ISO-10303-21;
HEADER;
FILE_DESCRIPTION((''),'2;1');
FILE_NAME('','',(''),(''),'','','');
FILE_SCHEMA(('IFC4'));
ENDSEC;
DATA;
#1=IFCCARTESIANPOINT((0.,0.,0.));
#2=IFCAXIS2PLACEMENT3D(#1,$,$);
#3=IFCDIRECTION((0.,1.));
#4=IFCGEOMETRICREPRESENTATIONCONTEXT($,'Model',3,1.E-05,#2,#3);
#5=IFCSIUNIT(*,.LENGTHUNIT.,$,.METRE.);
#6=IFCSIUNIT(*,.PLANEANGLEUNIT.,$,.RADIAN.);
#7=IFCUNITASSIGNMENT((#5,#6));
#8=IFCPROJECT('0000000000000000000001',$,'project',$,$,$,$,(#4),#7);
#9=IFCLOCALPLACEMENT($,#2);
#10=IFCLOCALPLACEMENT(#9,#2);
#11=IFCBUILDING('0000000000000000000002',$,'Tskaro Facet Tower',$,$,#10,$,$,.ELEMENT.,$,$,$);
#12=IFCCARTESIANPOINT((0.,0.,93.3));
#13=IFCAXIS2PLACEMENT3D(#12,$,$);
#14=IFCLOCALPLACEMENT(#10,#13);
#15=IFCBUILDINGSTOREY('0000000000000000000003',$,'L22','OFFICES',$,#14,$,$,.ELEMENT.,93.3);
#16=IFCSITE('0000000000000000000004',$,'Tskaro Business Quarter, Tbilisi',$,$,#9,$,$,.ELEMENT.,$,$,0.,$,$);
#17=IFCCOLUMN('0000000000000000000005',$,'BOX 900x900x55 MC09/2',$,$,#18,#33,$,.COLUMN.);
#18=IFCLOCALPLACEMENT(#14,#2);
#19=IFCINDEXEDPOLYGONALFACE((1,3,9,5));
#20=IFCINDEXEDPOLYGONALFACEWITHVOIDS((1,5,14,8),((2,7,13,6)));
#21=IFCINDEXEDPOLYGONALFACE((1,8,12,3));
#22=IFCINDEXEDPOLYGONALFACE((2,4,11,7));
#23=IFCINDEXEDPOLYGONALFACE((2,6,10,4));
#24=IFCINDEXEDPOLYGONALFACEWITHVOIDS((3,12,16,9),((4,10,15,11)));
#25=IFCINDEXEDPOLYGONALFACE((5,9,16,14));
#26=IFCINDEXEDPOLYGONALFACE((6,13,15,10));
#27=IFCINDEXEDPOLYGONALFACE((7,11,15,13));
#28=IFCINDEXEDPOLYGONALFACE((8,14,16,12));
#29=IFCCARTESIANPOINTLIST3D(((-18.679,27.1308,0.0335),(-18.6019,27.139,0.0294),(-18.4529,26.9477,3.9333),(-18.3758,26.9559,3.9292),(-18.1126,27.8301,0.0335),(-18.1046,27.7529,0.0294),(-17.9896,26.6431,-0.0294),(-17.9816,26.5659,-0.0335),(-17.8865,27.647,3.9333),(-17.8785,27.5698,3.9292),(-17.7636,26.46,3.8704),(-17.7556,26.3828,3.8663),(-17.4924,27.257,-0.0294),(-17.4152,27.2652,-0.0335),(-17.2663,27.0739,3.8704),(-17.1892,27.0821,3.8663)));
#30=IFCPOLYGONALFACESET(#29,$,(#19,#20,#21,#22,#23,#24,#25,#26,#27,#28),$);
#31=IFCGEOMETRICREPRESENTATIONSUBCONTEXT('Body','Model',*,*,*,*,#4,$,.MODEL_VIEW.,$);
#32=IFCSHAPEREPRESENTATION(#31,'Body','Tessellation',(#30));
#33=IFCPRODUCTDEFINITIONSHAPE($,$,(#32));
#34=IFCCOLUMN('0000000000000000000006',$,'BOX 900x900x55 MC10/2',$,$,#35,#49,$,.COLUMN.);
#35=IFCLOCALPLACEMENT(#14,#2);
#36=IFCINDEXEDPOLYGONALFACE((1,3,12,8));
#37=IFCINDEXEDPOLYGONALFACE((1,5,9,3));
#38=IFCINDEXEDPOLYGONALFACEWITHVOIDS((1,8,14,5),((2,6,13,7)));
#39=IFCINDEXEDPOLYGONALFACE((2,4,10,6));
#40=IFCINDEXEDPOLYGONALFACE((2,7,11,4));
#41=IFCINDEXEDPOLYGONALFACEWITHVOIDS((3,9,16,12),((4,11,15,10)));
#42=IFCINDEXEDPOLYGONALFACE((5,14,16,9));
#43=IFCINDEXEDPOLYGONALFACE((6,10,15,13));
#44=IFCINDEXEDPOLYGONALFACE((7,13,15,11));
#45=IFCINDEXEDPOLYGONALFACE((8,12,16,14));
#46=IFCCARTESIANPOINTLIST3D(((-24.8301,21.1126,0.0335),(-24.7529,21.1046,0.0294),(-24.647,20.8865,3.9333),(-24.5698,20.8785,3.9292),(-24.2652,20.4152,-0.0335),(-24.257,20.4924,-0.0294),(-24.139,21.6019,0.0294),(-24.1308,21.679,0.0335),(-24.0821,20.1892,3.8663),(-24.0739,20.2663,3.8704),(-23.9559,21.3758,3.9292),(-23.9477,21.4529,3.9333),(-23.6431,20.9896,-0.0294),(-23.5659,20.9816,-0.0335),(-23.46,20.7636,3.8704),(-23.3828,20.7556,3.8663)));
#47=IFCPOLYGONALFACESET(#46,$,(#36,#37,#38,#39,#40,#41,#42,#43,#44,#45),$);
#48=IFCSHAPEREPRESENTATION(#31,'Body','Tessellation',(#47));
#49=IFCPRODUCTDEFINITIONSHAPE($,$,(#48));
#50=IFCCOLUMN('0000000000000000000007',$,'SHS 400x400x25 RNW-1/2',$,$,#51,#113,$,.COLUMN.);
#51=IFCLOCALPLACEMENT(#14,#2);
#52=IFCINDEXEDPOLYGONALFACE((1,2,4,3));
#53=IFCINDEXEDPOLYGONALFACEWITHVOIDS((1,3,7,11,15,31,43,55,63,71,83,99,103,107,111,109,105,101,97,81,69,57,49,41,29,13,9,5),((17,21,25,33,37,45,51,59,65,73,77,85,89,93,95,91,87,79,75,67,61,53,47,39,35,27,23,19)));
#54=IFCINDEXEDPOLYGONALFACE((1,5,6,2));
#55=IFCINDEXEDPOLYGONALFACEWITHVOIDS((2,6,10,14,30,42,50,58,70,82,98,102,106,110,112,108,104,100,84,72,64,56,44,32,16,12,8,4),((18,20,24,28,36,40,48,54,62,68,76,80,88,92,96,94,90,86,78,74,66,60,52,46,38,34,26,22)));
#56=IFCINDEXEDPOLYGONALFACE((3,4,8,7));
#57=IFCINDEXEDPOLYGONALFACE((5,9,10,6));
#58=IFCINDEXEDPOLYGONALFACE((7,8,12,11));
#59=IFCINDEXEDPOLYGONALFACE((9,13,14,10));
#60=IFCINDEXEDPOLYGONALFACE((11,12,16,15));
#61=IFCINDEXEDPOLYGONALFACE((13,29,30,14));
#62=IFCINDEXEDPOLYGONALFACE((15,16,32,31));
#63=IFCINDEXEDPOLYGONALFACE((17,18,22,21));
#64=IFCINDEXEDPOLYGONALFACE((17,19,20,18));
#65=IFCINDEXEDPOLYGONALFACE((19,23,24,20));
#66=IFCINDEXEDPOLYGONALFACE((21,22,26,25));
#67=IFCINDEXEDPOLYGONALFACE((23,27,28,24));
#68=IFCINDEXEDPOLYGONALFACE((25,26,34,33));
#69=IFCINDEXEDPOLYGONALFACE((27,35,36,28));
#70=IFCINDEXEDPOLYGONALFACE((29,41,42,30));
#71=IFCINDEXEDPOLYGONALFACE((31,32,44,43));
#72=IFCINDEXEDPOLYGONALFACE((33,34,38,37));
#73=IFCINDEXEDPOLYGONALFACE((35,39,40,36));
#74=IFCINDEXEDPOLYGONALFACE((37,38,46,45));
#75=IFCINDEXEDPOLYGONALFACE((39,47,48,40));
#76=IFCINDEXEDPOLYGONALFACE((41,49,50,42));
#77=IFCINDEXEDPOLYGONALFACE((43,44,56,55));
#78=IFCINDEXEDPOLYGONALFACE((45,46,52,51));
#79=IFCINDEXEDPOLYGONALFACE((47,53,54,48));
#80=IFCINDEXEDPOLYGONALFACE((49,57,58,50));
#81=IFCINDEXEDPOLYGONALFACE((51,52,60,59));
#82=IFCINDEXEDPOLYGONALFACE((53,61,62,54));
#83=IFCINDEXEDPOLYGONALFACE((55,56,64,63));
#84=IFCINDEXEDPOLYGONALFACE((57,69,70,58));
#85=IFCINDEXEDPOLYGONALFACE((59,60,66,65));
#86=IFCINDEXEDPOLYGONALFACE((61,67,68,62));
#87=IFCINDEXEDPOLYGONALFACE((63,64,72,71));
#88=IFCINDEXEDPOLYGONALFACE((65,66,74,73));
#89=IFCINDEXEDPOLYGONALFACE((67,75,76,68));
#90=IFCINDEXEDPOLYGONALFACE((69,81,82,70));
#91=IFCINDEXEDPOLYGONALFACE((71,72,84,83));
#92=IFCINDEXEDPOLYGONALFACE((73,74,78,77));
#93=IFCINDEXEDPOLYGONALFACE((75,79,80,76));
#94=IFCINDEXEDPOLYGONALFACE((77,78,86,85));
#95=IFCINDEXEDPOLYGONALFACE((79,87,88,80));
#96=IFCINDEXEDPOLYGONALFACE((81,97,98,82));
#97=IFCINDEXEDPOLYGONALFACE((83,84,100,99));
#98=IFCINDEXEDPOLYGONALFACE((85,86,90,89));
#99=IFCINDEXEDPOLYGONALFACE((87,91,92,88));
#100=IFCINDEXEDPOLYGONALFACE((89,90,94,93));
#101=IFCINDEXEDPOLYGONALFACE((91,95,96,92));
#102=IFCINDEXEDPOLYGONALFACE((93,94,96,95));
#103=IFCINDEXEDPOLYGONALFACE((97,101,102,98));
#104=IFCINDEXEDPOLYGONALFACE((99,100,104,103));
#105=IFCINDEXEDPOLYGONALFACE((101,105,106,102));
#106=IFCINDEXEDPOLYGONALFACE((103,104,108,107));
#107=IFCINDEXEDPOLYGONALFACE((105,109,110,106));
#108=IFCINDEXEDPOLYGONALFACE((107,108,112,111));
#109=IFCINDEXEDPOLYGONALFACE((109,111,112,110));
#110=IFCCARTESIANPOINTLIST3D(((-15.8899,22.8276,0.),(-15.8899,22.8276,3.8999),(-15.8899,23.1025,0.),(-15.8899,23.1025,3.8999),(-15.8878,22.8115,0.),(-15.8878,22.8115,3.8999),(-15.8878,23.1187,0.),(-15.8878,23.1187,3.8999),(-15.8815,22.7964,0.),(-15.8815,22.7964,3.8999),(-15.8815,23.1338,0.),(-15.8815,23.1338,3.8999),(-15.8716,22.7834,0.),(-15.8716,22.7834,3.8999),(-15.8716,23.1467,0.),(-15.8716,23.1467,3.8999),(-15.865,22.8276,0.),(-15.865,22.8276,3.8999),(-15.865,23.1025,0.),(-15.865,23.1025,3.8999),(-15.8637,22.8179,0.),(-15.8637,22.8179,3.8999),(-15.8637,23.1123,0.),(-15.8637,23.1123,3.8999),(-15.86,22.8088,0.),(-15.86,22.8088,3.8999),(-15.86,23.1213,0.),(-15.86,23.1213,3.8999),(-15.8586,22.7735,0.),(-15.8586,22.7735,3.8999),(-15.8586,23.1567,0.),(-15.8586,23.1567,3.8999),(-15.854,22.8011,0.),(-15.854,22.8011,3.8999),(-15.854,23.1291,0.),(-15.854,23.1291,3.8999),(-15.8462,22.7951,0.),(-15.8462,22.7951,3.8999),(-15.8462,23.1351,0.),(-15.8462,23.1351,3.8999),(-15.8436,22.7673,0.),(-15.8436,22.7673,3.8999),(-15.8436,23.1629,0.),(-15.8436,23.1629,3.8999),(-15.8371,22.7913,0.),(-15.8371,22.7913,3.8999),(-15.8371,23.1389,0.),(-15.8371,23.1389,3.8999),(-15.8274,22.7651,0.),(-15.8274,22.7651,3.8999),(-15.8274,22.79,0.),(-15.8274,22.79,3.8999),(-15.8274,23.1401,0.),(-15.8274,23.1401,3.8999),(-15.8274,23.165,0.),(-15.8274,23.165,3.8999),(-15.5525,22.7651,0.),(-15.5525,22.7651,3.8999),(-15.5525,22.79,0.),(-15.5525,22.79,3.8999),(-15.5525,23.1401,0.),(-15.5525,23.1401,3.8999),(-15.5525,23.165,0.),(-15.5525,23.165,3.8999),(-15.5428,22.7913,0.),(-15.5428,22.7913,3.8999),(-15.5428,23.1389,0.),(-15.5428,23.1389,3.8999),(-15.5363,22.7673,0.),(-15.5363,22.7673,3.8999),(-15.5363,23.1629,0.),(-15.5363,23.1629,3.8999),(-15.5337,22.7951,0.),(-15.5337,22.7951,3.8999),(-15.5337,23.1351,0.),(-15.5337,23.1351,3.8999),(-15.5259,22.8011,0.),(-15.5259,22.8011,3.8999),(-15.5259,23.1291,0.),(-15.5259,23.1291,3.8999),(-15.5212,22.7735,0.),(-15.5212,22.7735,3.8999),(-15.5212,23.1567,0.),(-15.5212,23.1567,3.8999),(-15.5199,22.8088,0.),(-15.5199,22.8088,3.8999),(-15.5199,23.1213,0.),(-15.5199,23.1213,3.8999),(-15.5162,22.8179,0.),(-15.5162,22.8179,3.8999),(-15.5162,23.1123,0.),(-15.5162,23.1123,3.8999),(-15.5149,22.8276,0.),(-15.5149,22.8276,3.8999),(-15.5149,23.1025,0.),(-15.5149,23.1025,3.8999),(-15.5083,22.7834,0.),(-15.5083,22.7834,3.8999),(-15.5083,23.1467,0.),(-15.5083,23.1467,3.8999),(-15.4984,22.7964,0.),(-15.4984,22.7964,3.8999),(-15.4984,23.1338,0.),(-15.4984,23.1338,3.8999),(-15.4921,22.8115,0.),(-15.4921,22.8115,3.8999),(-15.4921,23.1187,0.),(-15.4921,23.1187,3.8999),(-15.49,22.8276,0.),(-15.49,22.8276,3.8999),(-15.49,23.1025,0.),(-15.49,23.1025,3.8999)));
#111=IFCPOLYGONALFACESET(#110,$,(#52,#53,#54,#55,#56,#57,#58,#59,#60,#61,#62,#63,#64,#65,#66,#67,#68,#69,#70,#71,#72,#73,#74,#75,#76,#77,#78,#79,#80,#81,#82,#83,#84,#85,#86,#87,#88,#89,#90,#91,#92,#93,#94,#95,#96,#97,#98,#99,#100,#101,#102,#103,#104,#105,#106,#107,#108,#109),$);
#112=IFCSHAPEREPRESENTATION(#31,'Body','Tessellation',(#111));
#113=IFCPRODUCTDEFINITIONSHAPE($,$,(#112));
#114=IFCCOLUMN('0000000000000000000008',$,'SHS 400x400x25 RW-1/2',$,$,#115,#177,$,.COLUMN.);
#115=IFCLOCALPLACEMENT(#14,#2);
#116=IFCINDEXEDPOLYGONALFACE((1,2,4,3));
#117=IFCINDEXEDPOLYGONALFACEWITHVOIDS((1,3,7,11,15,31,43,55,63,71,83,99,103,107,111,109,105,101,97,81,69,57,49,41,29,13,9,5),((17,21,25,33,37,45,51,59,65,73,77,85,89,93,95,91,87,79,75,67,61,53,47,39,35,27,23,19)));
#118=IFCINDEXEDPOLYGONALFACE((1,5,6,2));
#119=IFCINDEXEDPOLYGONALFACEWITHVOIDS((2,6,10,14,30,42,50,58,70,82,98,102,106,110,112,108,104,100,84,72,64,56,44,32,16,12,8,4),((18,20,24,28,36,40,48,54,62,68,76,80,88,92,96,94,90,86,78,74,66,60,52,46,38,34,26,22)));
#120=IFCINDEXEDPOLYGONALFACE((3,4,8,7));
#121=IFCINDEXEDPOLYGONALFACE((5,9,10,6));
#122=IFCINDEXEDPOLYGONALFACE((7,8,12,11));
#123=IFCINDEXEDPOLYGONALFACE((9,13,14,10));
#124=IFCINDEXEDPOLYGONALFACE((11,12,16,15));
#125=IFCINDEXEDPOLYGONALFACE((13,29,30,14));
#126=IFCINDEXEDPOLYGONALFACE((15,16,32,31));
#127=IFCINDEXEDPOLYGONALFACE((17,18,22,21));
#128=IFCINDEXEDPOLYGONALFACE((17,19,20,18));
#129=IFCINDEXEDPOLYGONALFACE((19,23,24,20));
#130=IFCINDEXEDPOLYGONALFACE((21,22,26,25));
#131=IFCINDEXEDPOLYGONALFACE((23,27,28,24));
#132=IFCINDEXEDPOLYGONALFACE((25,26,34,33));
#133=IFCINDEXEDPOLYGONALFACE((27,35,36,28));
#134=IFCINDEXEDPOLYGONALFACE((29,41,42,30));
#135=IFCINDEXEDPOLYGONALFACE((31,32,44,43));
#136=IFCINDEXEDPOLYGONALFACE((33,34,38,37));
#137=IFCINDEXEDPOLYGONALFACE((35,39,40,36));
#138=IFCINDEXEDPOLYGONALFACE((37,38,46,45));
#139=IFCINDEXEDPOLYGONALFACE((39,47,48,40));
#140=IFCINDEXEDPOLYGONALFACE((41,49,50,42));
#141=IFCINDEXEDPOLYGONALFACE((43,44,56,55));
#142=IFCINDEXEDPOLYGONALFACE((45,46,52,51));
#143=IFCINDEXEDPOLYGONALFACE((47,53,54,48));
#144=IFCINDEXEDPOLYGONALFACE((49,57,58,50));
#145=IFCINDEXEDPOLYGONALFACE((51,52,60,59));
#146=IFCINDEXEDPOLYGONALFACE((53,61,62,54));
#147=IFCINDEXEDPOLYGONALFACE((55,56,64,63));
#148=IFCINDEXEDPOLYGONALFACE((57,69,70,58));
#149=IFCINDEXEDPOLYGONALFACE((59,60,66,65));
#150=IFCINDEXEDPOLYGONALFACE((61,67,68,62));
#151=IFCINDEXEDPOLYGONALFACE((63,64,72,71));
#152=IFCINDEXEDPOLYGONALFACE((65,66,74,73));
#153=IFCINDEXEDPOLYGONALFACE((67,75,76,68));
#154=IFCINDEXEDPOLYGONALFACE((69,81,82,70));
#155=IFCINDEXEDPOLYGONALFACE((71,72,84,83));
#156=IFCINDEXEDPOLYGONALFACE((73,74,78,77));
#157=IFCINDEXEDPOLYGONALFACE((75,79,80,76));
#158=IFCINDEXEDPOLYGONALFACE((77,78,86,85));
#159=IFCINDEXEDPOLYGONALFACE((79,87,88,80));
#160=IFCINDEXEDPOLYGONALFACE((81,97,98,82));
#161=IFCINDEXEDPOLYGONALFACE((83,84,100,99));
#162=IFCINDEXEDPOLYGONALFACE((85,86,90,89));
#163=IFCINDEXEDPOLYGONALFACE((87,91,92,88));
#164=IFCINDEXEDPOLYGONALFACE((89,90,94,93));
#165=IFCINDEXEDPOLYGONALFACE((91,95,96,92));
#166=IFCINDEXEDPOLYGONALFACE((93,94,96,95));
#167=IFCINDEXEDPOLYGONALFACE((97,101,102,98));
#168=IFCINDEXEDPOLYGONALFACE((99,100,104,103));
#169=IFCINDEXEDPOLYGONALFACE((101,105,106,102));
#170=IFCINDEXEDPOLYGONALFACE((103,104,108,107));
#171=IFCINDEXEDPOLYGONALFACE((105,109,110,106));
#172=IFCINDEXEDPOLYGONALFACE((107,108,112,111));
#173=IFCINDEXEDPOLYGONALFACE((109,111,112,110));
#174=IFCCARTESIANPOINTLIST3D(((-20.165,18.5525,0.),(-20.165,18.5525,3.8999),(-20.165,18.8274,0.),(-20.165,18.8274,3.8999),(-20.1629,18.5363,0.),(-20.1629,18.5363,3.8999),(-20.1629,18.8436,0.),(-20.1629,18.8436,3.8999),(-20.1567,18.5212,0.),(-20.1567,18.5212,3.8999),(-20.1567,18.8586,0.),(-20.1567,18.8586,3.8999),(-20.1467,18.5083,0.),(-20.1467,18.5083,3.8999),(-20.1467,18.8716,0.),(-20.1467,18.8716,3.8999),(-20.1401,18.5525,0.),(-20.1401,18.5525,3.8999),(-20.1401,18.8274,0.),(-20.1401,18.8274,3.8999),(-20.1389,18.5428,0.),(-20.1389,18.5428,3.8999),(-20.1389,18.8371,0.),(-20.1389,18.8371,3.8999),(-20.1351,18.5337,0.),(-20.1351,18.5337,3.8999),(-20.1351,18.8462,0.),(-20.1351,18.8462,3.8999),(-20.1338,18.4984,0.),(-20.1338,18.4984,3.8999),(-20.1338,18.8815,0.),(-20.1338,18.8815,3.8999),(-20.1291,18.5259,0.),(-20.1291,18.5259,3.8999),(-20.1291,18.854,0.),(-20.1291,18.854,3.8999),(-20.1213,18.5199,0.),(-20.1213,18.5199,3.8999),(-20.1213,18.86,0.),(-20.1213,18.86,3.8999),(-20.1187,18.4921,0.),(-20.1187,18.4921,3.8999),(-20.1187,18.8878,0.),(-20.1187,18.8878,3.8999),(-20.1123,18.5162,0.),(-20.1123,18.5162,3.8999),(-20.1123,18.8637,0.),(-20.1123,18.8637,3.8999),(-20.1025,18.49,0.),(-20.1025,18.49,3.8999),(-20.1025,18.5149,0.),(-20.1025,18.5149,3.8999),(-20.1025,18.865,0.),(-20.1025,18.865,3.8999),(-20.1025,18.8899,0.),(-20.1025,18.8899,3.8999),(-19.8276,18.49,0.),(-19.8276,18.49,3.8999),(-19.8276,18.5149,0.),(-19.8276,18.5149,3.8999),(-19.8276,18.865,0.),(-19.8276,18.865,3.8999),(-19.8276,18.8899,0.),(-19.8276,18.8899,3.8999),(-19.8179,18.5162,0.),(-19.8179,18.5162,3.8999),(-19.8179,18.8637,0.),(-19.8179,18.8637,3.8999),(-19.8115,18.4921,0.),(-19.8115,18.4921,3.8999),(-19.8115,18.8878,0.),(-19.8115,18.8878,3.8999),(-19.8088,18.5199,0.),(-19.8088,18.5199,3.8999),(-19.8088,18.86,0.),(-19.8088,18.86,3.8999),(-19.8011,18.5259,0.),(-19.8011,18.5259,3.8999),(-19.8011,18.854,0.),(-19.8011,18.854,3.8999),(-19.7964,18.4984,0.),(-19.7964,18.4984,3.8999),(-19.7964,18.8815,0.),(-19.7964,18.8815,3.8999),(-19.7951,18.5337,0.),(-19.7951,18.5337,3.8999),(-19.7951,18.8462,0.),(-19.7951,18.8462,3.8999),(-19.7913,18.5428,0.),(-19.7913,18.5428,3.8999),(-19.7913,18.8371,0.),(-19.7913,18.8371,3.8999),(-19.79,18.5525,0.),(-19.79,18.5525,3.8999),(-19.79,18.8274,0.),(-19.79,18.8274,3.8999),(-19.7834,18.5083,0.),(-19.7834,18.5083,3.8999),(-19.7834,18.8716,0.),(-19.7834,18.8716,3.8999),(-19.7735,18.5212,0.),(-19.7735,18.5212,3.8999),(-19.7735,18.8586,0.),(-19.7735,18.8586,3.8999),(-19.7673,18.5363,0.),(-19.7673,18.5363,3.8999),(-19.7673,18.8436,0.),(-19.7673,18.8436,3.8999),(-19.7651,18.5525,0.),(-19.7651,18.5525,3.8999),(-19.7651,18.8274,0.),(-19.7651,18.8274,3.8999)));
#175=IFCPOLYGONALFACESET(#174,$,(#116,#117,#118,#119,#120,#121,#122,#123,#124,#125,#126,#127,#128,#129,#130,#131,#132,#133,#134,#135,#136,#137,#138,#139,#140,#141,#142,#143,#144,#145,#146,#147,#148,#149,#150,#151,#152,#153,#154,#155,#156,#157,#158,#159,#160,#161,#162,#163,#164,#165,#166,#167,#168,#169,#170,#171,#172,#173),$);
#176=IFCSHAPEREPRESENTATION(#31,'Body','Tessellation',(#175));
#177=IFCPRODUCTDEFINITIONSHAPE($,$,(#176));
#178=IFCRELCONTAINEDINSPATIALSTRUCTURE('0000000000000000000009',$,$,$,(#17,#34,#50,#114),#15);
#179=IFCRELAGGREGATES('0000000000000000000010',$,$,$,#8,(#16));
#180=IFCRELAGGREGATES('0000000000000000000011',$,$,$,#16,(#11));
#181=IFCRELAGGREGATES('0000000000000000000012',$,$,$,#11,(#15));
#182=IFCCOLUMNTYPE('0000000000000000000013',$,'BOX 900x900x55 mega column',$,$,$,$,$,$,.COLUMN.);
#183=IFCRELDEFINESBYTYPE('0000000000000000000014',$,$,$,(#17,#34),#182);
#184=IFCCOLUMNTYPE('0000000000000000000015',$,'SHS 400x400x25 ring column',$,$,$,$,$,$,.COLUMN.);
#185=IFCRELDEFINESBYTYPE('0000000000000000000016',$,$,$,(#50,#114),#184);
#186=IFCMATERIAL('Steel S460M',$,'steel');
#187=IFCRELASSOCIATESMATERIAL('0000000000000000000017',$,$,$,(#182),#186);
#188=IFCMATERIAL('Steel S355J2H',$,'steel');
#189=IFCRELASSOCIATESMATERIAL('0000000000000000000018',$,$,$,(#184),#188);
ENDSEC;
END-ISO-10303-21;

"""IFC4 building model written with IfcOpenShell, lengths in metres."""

from ifc_helpers import new_model, si_unit, direction, frame, origin, origin_2d, place, context, subcontext, project, spatial, hollow_rectangle, extrude, material, material_profile, profile_set, type_object, element, save


model = new_model("IFC4")

# Units and contexts
model_context = context("Model", 3, precision=1e-05, world=origin(), true_north=direction((0.0, 1.0)))
body_context = subcontext(model_context, "Body", "Model", "MODEL_VIEW")
ifc_project = project(units=[si_unit("LENGTHUNIT", "METRE"), si_unit("PLANEANGLEUNIT", "RADIAN")], contexts=[model_context])

# Site, building, storey
site_placement = place(None, origin())
site = spatial("IfcSite", under=ifc_project, at=site_placement, Name="Tskaro Business Quarter, Tbilisi", CompositionType="ELEMENT", RefElevation=0.0)
building_placement = place(site_placement, origin())
building = spatial("IfcBuilding", under=site, at=building_placement, Name="Tskaro Facet Tower", CompositionType="ELEMENT")
storey_placement = place(building_placement, frame((0.0, 0.0, 93.3)))
storey = spatial("IfcBuildingStorey", under=building, at=storey_placement, Name="L22", Description="OFFICES", CompositionType="ELEMENT", Elevation=93.3)

# Columns
ifc_material_1 = material(Name="Steel S460M", Category="steel")
ifc_material_profile_1 = material_profile(ifc_material_1, hollow_rectangle(XDim=0.8999, YDim=0.8999, WallThickness=0.0549, at=origin_2d()), Name="BOX 900x900x55")
ifc_profile_set_1 = profile_set([ifc_material_profile_1], Name="Steel S460M")
column_type_1 = type_object("IfcColumnType", Name="BOX 900x900x55 mega column", PredefinedType="COLUMN", material=ifc_profile_set_1)
for number, where, z_axis, x_axis, name in (
    (1, (-18.0471, 27.198, 0.0), (0.057809, -0.046821, 0.997229), (0.629391, 0.777089, 0.0), "BOX 900x900x55 MC09/2"),
    (2, (-24.198, 21.0471, 0.0), (0.046821, -0.057809, 0.997229), (0.777089, 0.629391, 0.0), "BOX 900x900x55 MC10/2"),
):
    element("IfcColumn", number, at=place(storey_placement, frame(where, z_axis=z_axis, x_axis=x_axis)), inside=storey, type_object=column_type_1, Name=name, PredefinedType="COLUMN", context=body_context, shape_type="SweptSolid", body=[
        extrude(hollow_rectangle(XDim=0.8999, YDim=0.8999, WallThickness=0.0549, at=origin_2d()), origin(), (0.0, 0.0, 1.0), 3.9106),
    ])
ifc_material_2 = material(Name="Steel S355J2H", Category="steel")
ifc_material_profile_2 = material_profile(ifc_material_2, hollow_rectangle(XDim=0.3999, YDim=0.3999, WallThickness=0.0249, InnerFilletRadius=0.0376, OuterFilletRadius=0.0625, at=origin_2d()), Name="SHS 400x400x25")
ifc_profile_set_2 = profile_set([ifc_material_profile_2], Name="Steel S355J2H")
column_type_2 = type_object("IfcColumnType", Name="SHS 400x400x25 ring column", PredefinedType="COLUMN", material=ifc_profile_set_2)
for number, where, z_axis, x_axis, name in (
    (3, (-15.6899, 22.9651, 0.0), (0.0, 0.0, 1.0), (1.0, 0.0, 0.0), "SHS 400x400x25 RNW-1/2"),
    (4, (-19.9651, 18.6899, 0.0), (0.0, 0.0, 1.0), (1.0, 0.0, 0.0), "SHS 400x400x25 RW-1/2"),
):
    element("IfcColumn", number, at=place(storey_placement, frame(where, z_axis=z_axis, x_axis=x_axis)), inside=storey, type_object=column_type_2, Name=name, PredefinedType="COLUMN", context=body_context, shape_type="SweptSolid", body=[
        extrude(hollow_rectangle(XDim=0.3999, YDim=0.3999, WallThickness=0.0249, InnerFilletRadius=0.0376, OuterFilletRadius=0.0625, at=origin_2d()), origin(), (0.0, 0.0, 1.0), 3.8999),
    ])

save(model, "model.ifc")
